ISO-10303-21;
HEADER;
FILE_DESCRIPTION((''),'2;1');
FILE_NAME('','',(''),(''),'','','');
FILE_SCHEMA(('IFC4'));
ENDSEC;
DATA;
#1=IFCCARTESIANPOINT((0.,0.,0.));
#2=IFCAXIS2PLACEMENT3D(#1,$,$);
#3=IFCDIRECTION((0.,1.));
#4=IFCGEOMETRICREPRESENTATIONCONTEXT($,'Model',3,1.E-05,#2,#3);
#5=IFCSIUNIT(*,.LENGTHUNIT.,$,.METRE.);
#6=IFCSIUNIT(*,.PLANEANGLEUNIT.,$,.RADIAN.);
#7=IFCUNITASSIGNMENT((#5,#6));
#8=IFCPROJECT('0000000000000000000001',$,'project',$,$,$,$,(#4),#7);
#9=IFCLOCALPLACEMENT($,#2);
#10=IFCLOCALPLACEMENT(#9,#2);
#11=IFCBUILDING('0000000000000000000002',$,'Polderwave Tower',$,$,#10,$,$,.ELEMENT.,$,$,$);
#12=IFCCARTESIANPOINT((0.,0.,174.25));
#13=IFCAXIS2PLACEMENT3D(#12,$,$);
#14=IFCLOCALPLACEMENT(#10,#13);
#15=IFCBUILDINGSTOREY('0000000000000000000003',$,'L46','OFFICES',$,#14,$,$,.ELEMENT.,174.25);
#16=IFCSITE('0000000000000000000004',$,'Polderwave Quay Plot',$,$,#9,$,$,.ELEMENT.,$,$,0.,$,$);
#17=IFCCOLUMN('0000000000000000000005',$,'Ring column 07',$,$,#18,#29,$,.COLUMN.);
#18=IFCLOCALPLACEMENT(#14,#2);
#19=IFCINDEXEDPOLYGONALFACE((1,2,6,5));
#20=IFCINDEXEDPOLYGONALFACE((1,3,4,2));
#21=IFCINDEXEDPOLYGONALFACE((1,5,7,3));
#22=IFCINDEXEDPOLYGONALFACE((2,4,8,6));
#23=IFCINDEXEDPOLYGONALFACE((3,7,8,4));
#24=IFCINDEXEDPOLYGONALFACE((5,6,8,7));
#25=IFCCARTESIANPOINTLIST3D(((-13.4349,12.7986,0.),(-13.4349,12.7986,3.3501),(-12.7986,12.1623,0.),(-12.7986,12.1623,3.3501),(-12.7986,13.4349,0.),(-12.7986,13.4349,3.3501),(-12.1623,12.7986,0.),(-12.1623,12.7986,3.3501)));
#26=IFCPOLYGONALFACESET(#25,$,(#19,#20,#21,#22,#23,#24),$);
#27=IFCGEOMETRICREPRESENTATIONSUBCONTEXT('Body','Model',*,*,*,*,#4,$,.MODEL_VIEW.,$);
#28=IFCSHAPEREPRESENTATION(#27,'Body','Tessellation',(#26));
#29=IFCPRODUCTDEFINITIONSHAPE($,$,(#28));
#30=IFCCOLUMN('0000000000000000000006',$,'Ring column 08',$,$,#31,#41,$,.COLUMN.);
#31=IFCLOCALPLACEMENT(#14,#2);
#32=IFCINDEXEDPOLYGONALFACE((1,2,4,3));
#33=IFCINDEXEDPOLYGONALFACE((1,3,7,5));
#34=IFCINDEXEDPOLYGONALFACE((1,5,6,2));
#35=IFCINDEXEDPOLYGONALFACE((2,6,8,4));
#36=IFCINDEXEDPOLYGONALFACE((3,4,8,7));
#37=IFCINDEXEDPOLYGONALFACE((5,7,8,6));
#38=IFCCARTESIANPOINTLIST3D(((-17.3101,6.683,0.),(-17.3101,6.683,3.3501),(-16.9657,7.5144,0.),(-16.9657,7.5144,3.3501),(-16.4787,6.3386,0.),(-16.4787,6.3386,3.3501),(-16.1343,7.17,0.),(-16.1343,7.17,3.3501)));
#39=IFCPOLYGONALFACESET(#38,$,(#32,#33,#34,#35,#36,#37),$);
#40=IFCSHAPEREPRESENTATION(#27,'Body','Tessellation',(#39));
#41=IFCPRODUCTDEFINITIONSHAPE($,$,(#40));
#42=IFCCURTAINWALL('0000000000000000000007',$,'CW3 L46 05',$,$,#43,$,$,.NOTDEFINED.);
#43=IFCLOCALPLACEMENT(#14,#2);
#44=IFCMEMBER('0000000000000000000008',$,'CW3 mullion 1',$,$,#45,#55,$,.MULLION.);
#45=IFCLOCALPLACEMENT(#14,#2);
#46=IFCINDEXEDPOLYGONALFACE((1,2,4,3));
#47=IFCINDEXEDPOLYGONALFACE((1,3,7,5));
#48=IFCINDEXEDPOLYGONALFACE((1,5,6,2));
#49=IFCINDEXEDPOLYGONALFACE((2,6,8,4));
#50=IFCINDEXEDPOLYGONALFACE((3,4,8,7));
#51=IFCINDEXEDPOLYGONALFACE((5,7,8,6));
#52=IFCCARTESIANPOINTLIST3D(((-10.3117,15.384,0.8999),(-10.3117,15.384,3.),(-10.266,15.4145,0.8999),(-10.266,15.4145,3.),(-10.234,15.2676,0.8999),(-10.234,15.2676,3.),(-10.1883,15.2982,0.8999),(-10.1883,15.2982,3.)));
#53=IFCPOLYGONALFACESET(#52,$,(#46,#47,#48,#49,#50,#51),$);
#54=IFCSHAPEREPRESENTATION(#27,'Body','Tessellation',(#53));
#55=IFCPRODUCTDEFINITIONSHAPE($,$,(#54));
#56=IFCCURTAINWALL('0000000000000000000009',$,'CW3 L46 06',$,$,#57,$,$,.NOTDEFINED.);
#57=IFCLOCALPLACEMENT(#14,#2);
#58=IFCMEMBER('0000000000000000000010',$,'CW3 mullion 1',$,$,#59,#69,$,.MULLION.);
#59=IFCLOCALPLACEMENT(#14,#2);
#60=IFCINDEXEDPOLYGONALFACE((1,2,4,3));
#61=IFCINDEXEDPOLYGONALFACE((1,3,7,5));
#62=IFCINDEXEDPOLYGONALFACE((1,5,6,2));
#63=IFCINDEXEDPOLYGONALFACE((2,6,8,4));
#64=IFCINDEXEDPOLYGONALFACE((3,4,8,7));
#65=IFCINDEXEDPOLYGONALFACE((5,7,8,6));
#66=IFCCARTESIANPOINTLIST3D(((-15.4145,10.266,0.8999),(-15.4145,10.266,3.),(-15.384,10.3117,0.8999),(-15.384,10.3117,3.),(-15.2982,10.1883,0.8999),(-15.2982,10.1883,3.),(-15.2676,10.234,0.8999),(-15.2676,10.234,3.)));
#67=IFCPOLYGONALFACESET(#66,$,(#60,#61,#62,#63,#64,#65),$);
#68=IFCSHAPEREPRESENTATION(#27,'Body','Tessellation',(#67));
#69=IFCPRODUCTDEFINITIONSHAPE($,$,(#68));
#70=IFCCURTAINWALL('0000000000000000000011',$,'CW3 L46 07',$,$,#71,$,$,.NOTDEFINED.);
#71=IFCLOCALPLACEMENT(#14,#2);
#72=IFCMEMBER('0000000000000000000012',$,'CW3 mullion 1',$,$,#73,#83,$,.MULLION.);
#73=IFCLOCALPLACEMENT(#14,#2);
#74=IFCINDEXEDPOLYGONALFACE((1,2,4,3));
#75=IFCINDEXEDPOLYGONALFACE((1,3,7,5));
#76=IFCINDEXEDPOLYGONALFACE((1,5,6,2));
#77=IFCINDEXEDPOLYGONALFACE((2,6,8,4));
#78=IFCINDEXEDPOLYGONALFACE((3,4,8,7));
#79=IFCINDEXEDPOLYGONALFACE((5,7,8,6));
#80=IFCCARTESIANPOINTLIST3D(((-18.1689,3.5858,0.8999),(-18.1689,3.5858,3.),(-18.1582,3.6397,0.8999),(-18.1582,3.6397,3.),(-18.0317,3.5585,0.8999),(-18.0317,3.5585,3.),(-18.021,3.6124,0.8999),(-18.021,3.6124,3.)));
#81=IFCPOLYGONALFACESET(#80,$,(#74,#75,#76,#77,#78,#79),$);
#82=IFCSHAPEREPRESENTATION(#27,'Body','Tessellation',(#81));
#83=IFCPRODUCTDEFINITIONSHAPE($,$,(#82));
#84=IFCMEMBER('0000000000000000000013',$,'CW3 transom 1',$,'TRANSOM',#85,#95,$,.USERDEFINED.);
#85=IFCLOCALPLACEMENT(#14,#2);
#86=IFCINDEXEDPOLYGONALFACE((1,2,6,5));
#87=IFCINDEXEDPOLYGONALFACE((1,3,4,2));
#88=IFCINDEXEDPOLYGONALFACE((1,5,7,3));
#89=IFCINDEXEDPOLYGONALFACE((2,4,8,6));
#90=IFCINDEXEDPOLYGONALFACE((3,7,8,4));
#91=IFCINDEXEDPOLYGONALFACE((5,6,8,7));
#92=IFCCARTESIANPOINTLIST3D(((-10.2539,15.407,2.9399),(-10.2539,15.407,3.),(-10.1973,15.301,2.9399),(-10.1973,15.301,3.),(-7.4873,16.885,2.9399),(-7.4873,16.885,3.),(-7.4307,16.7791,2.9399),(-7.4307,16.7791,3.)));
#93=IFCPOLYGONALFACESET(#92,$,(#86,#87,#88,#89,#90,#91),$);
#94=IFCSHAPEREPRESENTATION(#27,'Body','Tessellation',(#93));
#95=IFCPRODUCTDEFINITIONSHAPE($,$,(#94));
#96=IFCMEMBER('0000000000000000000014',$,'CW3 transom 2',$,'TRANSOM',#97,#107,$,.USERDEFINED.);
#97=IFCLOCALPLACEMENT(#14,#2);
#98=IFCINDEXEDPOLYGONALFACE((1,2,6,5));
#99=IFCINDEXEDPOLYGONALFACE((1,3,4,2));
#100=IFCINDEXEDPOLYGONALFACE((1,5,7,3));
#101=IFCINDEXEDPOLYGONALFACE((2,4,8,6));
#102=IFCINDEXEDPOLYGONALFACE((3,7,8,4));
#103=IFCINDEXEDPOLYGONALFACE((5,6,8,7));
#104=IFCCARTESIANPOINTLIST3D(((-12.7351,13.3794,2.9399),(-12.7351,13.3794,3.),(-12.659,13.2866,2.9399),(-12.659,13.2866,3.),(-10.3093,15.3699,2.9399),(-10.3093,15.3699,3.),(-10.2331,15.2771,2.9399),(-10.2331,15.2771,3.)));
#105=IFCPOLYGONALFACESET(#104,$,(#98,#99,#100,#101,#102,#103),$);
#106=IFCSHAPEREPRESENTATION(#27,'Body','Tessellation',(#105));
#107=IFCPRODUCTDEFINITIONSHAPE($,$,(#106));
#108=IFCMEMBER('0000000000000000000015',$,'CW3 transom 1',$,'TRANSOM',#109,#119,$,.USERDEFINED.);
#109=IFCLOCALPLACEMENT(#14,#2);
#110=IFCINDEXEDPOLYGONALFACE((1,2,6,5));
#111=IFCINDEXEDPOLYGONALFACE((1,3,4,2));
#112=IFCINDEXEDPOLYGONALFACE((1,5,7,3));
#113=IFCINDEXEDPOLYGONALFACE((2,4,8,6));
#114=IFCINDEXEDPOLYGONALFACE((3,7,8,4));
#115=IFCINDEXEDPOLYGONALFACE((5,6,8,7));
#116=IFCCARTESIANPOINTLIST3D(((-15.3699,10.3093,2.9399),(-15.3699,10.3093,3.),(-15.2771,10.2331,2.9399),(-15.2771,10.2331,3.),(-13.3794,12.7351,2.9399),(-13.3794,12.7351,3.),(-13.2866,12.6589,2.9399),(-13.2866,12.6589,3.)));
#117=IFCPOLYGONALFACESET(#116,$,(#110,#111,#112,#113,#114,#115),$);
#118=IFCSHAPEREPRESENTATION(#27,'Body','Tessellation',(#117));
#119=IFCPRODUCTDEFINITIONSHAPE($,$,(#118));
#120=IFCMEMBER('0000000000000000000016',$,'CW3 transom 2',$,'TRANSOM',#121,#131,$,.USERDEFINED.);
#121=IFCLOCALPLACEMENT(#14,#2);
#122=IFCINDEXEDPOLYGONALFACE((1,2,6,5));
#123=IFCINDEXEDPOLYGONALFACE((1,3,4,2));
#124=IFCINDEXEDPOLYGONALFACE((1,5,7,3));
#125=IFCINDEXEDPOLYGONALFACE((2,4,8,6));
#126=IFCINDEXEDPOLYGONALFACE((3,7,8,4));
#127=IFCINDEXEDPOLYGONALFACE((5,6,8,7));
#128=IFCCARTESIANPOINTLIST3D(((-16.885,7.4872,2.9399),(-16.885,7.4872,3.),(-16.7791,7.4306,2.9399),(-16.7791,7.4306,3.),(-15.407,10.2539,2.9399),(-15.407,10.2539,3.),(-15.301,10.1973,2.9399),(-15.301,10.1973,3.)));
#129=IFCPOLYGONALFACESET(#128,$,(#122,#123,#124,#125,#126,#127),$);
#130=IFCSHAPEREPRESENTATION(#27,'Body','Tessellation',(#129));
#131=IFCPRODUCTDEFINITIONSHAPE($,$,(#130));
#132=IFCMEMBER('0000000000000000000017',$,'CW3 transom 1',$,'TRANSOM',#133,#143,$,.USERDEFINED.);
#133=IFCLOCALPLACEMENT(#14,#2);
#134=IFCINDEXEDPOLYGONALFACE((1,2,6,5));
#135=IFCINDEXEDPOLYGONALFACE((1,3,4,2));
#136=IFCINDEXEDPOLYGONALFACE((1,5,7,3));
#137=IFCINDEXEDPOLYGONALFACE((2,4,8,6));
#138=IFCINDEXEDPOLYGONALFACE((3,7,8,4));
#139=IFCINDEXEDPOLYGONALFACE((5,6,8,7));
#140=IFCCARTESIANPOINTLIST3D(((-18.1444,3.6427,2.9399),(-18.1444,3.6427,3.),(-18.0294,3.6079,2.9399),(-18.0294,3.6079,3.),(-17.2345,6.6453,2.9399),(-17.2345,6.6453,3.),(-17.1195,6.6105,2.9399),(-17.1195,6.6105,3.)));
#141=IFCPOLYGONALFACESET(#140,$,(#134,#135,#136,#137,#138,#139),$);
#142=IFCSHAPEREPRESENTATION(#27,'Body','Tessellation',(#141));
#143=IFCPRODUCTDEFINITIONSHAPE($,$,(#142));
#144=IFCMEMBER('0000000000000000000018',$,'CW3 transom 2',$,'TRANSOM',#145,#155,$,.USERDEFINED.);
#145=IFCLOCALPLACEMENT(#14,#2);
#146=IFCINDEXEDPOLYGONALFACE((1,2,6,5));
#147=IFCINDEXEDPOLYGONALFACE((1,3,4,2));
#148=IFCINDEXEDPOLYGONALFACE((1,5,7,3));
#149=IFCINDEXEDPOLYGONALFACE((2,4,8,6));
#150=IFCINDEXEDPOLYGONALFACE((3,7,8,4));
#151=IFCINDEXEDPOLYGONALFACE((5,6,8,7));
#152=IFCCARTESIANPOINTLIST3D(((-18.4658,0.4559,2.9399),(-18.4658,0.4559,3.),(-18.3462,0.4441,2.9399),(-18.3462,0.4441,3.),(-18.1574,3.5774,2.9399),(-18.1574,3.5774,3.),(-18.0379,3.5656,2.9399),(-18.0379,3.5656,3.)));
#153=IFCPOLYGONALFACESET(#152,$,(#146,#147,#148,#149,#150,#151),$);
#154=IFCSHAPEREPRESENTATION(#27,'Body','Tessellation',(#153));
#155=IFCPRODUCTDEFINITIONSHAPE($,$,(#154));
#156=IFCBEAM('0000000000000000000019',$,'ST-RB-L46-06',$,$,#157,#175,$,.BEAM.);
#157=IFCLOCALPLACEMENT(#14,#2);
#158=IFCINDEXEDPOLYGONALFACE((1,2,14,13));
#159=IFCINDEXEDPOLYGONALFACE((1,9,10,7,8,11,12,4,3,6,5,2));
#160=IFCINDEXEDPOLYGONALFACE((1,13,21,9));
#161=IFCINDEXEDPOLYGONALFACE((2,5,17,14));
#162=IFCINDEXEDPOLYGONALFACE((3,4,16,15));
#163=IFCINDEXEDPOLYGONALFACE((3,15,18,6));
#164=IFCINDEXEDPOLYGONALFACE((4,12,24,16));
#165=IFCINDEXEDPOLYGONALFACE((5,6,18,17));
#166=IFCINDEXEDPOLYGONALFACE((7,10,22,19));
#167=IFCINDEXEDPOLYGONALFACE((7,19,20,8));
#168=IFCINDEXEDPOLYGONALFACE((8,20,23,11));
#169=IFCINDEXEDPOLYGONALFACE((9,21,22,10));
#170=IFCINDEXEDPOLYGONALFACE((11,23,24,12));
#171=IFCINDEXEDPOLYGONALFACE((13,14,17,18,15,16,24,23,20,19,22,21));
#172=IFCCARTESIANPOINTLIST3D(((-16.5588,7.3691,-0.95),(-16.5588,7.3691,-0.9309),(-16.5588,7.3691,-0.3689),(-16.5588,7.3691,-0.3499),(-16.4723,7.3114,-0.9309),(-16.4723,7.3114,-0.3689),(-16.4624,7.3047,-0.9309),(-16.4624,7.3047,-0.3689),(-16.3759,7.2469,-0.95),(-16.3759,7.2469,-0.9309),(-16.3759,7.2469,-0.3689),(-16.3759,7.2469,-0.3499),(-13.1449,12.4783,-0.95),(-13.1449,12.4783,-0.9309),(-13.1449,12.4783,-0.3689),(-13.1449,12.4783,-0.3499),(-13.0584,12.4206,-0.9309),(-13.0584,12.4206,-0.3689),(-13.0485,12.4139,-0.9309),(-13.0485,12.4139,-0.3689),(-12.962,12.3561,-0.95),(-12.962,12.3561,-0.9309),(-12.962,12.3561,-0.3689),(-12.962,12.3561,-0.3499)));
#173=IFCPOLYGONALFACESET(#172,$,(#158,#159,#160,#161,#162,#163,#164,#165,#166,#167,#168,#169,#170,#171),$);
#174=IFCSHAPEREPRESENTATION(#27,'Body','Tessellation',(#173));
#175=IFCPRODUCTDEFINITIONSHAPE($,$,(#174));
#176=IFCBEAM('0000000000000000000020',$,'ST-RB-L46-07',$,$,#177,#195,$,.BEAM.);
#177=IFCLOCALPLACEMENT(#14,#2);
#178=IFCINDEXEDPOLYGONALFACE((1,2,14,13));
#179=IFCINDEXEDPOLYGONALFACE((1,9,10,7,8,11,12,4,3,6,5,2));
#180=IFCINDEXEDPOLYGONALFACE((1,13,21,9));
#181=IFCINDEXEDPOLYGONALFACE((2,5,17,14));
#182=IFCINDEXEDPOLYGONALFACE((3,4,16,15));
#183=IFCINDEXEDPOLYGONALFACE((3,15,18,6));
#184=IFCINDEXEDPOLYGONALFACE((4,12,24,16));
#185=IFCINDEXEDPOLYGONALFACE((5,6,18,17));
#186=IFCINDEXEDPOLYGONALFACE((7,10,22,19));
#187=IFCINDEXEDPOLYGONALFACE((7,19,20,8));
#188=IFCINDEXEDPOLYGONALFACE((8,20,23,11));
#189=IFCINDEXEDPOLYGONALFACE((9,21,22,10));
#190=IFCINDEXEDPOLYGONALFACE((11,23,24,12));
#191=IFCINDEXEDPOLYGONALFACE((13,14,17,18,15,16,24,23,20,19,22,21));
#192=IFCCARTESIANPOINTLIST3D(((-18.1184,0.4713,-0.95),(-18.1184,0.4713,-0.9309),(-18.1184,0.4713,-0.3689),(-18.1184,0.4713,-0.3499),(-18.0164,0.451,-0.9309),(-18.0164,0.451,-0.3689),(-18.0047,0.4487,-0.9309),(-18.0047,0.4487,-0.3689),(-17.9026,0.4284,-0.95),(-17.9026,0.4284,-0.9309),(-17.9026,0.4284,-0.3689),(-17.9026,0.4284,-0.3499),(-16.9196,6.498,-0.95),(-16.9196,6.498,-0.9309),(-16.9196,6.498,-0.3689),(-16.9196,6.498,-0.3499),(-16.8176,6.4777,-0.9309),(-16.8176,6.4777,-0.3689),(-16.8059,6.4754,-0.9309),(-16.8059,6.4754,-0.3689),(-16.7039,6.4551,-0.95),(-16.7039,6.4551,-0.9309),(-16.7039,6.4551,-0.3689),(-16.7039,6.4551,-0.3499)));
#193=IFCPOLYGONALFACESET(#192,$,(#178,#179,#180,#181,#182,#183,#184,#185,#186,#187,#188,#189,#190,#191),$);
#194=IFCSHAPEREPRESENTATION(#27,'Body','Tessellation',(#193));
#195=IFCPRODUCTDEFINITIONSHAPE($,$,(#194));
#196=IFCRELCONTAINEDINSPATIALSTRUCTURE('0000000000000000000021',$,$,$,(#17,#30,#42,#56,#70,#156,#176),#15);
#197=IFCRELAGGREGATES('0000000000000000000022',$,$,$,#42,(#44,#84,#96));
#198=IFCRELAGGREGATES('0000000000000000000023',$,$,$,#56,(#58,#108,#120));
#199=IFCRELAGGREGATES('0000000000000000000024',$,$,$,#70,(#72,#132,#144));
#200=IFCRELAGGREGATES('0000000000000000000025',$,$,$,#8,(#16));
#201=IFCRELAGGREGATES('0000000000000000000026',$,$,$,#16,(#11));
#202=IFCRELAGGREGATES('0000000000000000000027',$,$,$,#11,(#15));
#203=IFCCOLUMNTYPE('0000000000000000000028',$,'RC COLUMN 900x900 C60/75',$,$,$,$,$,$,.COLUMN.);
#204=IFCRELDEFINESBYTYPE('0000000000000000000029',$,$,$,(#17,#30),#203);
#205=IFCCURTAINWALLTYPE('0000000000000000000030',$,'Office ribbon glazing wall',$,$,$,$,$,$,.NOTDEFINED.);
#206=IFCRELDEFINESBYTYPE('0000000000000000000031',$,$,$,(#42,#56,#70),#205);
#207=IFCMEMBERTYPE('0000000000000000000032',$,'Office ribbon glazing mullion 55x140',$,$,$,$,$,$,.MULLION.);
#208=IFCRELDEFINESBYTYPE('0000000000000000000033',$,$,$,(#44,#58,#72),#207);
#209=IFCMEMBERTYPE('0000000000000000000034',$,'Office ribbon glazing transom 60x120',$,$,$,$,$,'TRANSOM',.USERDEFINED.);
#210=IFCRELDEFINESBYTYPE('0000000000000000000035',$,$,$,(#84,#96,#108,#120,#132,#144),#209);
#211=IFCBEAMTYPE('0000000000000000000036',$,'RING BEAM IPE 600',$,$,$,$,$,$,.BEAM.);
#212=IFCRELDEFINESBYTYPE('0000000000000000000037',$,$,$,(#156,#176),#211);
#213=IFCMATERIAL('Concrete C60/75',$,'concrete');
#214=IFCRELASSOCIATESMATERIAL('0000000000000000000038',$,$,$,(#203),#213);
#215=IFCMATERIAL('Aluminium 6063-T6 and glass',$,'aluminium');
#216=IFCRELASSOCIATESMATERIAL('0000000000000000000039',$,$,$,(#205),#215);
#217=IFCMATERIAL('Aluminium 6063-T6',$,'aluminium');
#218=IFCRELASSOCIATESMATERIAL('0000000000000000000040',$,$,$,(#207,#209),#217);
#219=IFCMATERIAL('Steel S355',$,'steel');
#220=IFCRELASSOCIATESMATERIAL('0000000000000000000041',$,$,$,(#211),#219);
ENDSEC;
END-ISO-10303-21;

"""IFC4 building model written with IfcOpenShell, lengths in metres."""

from ifc_helpers import new_model, si_unit, direction, frame, origin, origin_2d, place, context, subcontext, project, spatial, rectangle, i_section, extrude, material, material_profile, profile_set, type_object, element, aggregate, save


model = new_model("IFC4")

# Units and contexts
model_context = context("Model", 3, precision=1e-05, world=origin(), true_north=direction((0.0, 1.0)))
body_context = subcontext(model_context, "Body", "Model", "MODEL_VIEW")
ifc_project = project(units=[si_unit("LENGTHUNIT", "METRE"), si_unit("PLANEANGLEUNIT", "RADIAN")], contexts=[model_context])

# Site, building, storey
site_placement = place(None, origin())
site = spatial("IfcSite", under=ifc_project, at=site_placement, Name="Polderwave Quay Plot", CompositionType="ELEMENT", RefElevation=0.0)
building_placement = place(site_placement, origin())
building = spatial("IfcBuilding", under=site, at=building_placement, Name="Polderwave Tower", CompositionType="ELEMENT")
storey_placement = place(building_placement, frame((0.0, 0.0, 174.25)))
storey = spatial("IfcBuildingStorey", under=building, at=storey_placement, Name="L46", Description="OFFICES", CompositionType="ELEMENT", Elevation=174.25)

# Columns
ifc_material_1 = material(Name="Concrete C60/75", Category="concrete")
ifc_material_profile_1 = material_profile(ifc_material_1, rectangle(XDim=0.8999, YDim=0.8999, at=origin_2d()), Name="RC 900x900")
ifc_profile_set_1 = profile_set([ifc_material_profile_1], Name="Concrete C60/75")
column_type = type_object("IfcColumnType", Name="RC COLUMN 900x900 C60/75", PredefinedType="COLUMN", material=ifc_profile_set_1)
for number, where, z_axis, x_axis, name in (
    (1, (-12.7986, 12.7986, 0.0), (0.0, 0.0, 1.0), (-0.707107, 0.707107, 0.0), "Ring column 07"),
    (2, (-16.7222, 6.9265, 0.0), (0.0, 0.0, 1.0), (-0.92388, 0.382683, 0.0), "Ring column 08"),
):
    element("IfcColumn", number, at=place(storey_placement, frame(where, z_axis=z_axis, x_axis=x_axis)), inside=storey, type_object=column_type, Name=name, PredefinedType="COLUMN", context=body_context, shape_type="SweptSolid", body=[
        extrude(rectangle(XDim=0.8999, YDim=0.8999, at=origin_2d()), origin(), (0.0, 0.0, 1.0), 3.3501),
    ])

# Curtain walls, members
ifc_material_2 = material(Name="Aluminium 6063-T6 and glass", Category="aluminium")
curtain_wall_type = type_object("IfcCurtainWallType", Name="Office ribbon glazing wall", PredefinedType="NOTDEFINED", material=ifc_material_2)
curtain_wall_1_placement = place(storey_placement, origin())
curtain_wall_1 = element("IfcCurtainWall", 3, at=curtain_wall_1_placement, inside=storey, type_object=curtain_wall_type, Name="CW3 L46 05", PredefinedType="NOTDEFINED")
ifc_material_3 = material(Name="Aluminium 6063-T6", Category="aluminium")
ifc_material_profile_2 = material_profile(ifc_material_3, rectangle(XDim=0.1399, YDim=0.0549, at=origin_2d()), Name="AL 55x140")
ifc_profile_set_2 = profile_set([ifc_material_profile_2], Name="Aluminium 6063-T6")
member_type_1 = type_object("IfcMemberType", Name="Office ribbon glazing mullion 55x140", PredefinedType="MULLION", material=ifc_profile_set_2)
member_1_placement = place(storey_placement, frame((-10.25, 15.3411, 0.8999), z_axis=(0.0, 0.0, 1.0), x_axis=(0.555454, -0.831547, 0.0)))
member_1 = element("IfcMember", 4, at=member_1_placement, type_object=member_type_1, Name="CW3 mullion 1", PredefinedType="MULLION", context=body_context, shape_type="SweptSolid", body=[
    extrude(rectangle(XDim=0.1399, YDim=0.0549, at=origin_2d()), origin(), (0.0, 0.0, 1.0), 2.1001),
])
curtain_wall_2_placement = place(storey_placement, origin())
curtain_wall_2 = element("IfcCurtainWall", 5, at=curtain_wall_2_placement, inside=storey, type_object=curtain_wall_type, Name="CW3 L46 06", PredefinedType="NOTDEFINED")
member_2_placement = place(storey_placement, frame((-15.3411, 10.25, 0.8999), z_axis=(0.0, 0.0, 1.0), x_axis=(0.831547, -0.555454, 0.0)))
member_2 = element("IfcMember", 6, at=member_2_placement, type_object=member_type_1, Name="CW3 mullion 1", PredefinedType="MULLION", context=body_context, shape_type="SweptSolid", body=[
    extrude(rectangle(XDim=0.1399, YDim=0.0549, at=origin_2d()), origin(), (0.0, 0.0, 1.0), 2.1001),
])
curtain_wall_3_placement = place(storey_placement, origin())
curtain_wall_3 = element("IfcCurtainWall", 7, at=curtain_wall_3_placement, inside=storey, type_object=curtain_wall_type, Name="CW3 L46 07", PredefinedType="NOTDEFINED")
member_3_placement = place(storey_placement, frame((-18.095, 3.5991, 0.8999), z_axis=(0.0, 0.0, 1.0), x_axis=(0.980784, -0.195097, 0.0)))
member_3 = element("IfcMember", 8, at=member_3_placement, type_object=member_type_1, Name="CW3 mullion 1", PredefinedType="MULLION", context=body_context, shape_type="SweptSolid", body=[
    extrude(rectangle(XDim=0.1399, YDim=0.0549, at=origin_2d()), origin(), (0.0, 0.0, 1.0), 2.1001),
])

# Members
ifc_material_profile_3 = material_profile(ifc_material_3, rectangle(XDim=0.1201, YDim=0.0601, at=origin_2d()), Name="AL 60x120")
ifc_profile_set_3 = profile_set([ifc_material_profile_3], Name="Aluminium 6063-T6")
member_type_2 = type_object("IfcMemberType", Name="Office ribbon glazing transom 60x120", ElementType="TRANSOM", PredefinedType="USERDEFINED", material=ifc_profile_set_3)
member_4_placement = place(storey_placement, frame((-7.459, 16.832, 2.97), z_axis=(-0.882021, -0.47121, 0.0), x_axis=(0.47121, -0.882021, 0.0)))
member_4 = element("IfcMember", 9, at=member_4_placement, type_object=member_type_2, Name="CW3 transom 1", ObjectType="TRANSOM", PredefinedType="USERDEFINED", context=body_context, shape_type="SweptSolid", body=[
    extrude(rectangle(XDim=0.1201, YDim=0.0601, at=origin_2d()), origin(), (0.0, 0.0, 1.0), 3.1367),
])
member_5_placement = place(storey_placement, frame((-10.2712, 15.3235, 2.97), z_axis=(-0.773059, -0.634334, 0.0), x_axis=(0.634334, -0.773059, 0.0)))
member_5 = element("IfcMember", 10, at=member_5_placement, type_object=member_type_2, Name="CW3 transom 2", ObjectType="TRANSOM", PredefinedType="USERDEFINED", context=body_context, shape_type="SweptSolid", body=[
    extrude(rectangle(XDim=0.1201, YDim=0.0601, at=origin_2d()), origin(), (0.0, 0.0, 1.0), 3.1379),
])
member_6_placement = place(storey_placement, frame((-13.333, 12.697, 2.97), z_axis=(-0.634334, -0.773059, 0.0), x_axis=(0.773059, -0.634334, 0.0)))
member_6 = element("IfcMember", 11, at=member_6_placement, type_object=member_type_2, Name="CW3 transom 1", ObjectType="TRANSOM", PredefinedType="USERDEFINED", context=body_context, shape_type="SweptSolid", body=[
    extrude(rectangle(XDim=0.1201, YDim=0.0601, at=origin_2d()), origin(), (0.0, 0.0, 1.0), 3.1379),
])
member_7_placement = place(storey_placement, frame((-15.354, 10.2256, 2.97), z_axis=(-0.47121, -0.882021, 0.0), x_axis=(0.882021, -0.47121, 0.0)))
member_7 = element("IfcMember", 12, at=member_7_placement, type_object=member_type_2, Name="CW3 transom 2", ObjectType="TRANSOM", PredefinedType="USERDEFINED", context=body_context, shape_type="SweptSolid", body=[
    extrude(rectangle(XDim=0.1201, YDim=0.0601, at=origin_2d()), origin(), (0.0, 0.0, 1.0), 3.1367),
])
member_8_placement = place(storey_placement, frame((-17.177, 6.6279, 2.97), z_axis=(-0.29001, -0.957024, 0.0), x_axis=(0.957024, -0.29001, 0.0)))
member_8 = element("IfcMember", 13, at=member_8_placement, type_object=member_type_2, Name="CW3 transom 1", ObjectType="TRANSOM", PredefinedType="USERDEFINED", context=body_context, shape_type="SweptSolid", body=[
    extrude(rectangle(XDim=0.1201, YDim=0.0601, at=origin_2d()), origin(), (0.0, 0.0, 1.0), 3.1375),
])
member_9_placement = place(storey_placement, frame((-18.0977, 3.5715, 2.97), z_axis=(-0.098301, -0.995157, 0.0), x_axis=(0.995157, -0.098301, 0.0)))
member_9 = element("IfcMember", 14, at=member_9_placement, type_object=member_type_2, Name="CW3 transom 2", ObjectType="TRANSOM", PredefinedType="USERDEFINED", context=body_context, shape_type="SweptSolid", body=[
    extrude(rectangle(XDim=0.1201, YDim=0.0601, at=origin_2d()), origin(), (0.0, 0.0, 1.0), 3.1367),
])

# Beams
ifc_material_4 = material(Name="Steel S355", Category="steel")
ifc_material_profile_4 = material_profile(ifc_material_4, i_section(OverallWidth=0.22, OverallDepth=0.6001, WebThickness=0.012, FlangeThickness=0.019, at=origin_2d()), Name="IPE 600")
ifc_profile_set_4 = profile_set([ifc_material_profile_4], Name="Steel S355")
beam_type = type_object("IfcBeamType", Name="RING BEAM IPE 600", PredefinedType="BEAM", material=ifc_profile_set_4)
for number, where, z_axis, x_axis, name in (
    (15, (-13.0535, 12.4172, -0.6499), (-0.555571, -0.831469, 0.0), (0.831469, -0.555571, 0.0), "ST-RB-L46-06"),
    (16, (-16.8118, 6.4766, -0.6499), (-0.195085, -0.980786, 0.0), (0.980786, -0.195085, 0.0), "ST-RB-L46-07"),
):
    element("IfcBeam", number, at=place(storey_placement, frame(where, z_axis=z_axis, x_axis=x_axis)), inside=storey, type_object=beam_type, Name=name, PredefinedType="BEAM", context=body_context, shape_type="SweptSolid", body=[
        extrude(i_section(OverallWidth=0.22, OverallDepth=0.6001, WebThickness=0.012, FlangeThickness=0.019, at=origin_2d()), origin(), (0.0, 0.0, 1.0), 6.1448),
    ])

aggregate(curtain_wall_1, [member_1, member_4, member_5])
aggregate(curtain_wall_2, [member_2, member_6, member_7])
aggregate(curtain_wall_3, [member_3, member_8, member_9])

save(model, "model.ifc")
